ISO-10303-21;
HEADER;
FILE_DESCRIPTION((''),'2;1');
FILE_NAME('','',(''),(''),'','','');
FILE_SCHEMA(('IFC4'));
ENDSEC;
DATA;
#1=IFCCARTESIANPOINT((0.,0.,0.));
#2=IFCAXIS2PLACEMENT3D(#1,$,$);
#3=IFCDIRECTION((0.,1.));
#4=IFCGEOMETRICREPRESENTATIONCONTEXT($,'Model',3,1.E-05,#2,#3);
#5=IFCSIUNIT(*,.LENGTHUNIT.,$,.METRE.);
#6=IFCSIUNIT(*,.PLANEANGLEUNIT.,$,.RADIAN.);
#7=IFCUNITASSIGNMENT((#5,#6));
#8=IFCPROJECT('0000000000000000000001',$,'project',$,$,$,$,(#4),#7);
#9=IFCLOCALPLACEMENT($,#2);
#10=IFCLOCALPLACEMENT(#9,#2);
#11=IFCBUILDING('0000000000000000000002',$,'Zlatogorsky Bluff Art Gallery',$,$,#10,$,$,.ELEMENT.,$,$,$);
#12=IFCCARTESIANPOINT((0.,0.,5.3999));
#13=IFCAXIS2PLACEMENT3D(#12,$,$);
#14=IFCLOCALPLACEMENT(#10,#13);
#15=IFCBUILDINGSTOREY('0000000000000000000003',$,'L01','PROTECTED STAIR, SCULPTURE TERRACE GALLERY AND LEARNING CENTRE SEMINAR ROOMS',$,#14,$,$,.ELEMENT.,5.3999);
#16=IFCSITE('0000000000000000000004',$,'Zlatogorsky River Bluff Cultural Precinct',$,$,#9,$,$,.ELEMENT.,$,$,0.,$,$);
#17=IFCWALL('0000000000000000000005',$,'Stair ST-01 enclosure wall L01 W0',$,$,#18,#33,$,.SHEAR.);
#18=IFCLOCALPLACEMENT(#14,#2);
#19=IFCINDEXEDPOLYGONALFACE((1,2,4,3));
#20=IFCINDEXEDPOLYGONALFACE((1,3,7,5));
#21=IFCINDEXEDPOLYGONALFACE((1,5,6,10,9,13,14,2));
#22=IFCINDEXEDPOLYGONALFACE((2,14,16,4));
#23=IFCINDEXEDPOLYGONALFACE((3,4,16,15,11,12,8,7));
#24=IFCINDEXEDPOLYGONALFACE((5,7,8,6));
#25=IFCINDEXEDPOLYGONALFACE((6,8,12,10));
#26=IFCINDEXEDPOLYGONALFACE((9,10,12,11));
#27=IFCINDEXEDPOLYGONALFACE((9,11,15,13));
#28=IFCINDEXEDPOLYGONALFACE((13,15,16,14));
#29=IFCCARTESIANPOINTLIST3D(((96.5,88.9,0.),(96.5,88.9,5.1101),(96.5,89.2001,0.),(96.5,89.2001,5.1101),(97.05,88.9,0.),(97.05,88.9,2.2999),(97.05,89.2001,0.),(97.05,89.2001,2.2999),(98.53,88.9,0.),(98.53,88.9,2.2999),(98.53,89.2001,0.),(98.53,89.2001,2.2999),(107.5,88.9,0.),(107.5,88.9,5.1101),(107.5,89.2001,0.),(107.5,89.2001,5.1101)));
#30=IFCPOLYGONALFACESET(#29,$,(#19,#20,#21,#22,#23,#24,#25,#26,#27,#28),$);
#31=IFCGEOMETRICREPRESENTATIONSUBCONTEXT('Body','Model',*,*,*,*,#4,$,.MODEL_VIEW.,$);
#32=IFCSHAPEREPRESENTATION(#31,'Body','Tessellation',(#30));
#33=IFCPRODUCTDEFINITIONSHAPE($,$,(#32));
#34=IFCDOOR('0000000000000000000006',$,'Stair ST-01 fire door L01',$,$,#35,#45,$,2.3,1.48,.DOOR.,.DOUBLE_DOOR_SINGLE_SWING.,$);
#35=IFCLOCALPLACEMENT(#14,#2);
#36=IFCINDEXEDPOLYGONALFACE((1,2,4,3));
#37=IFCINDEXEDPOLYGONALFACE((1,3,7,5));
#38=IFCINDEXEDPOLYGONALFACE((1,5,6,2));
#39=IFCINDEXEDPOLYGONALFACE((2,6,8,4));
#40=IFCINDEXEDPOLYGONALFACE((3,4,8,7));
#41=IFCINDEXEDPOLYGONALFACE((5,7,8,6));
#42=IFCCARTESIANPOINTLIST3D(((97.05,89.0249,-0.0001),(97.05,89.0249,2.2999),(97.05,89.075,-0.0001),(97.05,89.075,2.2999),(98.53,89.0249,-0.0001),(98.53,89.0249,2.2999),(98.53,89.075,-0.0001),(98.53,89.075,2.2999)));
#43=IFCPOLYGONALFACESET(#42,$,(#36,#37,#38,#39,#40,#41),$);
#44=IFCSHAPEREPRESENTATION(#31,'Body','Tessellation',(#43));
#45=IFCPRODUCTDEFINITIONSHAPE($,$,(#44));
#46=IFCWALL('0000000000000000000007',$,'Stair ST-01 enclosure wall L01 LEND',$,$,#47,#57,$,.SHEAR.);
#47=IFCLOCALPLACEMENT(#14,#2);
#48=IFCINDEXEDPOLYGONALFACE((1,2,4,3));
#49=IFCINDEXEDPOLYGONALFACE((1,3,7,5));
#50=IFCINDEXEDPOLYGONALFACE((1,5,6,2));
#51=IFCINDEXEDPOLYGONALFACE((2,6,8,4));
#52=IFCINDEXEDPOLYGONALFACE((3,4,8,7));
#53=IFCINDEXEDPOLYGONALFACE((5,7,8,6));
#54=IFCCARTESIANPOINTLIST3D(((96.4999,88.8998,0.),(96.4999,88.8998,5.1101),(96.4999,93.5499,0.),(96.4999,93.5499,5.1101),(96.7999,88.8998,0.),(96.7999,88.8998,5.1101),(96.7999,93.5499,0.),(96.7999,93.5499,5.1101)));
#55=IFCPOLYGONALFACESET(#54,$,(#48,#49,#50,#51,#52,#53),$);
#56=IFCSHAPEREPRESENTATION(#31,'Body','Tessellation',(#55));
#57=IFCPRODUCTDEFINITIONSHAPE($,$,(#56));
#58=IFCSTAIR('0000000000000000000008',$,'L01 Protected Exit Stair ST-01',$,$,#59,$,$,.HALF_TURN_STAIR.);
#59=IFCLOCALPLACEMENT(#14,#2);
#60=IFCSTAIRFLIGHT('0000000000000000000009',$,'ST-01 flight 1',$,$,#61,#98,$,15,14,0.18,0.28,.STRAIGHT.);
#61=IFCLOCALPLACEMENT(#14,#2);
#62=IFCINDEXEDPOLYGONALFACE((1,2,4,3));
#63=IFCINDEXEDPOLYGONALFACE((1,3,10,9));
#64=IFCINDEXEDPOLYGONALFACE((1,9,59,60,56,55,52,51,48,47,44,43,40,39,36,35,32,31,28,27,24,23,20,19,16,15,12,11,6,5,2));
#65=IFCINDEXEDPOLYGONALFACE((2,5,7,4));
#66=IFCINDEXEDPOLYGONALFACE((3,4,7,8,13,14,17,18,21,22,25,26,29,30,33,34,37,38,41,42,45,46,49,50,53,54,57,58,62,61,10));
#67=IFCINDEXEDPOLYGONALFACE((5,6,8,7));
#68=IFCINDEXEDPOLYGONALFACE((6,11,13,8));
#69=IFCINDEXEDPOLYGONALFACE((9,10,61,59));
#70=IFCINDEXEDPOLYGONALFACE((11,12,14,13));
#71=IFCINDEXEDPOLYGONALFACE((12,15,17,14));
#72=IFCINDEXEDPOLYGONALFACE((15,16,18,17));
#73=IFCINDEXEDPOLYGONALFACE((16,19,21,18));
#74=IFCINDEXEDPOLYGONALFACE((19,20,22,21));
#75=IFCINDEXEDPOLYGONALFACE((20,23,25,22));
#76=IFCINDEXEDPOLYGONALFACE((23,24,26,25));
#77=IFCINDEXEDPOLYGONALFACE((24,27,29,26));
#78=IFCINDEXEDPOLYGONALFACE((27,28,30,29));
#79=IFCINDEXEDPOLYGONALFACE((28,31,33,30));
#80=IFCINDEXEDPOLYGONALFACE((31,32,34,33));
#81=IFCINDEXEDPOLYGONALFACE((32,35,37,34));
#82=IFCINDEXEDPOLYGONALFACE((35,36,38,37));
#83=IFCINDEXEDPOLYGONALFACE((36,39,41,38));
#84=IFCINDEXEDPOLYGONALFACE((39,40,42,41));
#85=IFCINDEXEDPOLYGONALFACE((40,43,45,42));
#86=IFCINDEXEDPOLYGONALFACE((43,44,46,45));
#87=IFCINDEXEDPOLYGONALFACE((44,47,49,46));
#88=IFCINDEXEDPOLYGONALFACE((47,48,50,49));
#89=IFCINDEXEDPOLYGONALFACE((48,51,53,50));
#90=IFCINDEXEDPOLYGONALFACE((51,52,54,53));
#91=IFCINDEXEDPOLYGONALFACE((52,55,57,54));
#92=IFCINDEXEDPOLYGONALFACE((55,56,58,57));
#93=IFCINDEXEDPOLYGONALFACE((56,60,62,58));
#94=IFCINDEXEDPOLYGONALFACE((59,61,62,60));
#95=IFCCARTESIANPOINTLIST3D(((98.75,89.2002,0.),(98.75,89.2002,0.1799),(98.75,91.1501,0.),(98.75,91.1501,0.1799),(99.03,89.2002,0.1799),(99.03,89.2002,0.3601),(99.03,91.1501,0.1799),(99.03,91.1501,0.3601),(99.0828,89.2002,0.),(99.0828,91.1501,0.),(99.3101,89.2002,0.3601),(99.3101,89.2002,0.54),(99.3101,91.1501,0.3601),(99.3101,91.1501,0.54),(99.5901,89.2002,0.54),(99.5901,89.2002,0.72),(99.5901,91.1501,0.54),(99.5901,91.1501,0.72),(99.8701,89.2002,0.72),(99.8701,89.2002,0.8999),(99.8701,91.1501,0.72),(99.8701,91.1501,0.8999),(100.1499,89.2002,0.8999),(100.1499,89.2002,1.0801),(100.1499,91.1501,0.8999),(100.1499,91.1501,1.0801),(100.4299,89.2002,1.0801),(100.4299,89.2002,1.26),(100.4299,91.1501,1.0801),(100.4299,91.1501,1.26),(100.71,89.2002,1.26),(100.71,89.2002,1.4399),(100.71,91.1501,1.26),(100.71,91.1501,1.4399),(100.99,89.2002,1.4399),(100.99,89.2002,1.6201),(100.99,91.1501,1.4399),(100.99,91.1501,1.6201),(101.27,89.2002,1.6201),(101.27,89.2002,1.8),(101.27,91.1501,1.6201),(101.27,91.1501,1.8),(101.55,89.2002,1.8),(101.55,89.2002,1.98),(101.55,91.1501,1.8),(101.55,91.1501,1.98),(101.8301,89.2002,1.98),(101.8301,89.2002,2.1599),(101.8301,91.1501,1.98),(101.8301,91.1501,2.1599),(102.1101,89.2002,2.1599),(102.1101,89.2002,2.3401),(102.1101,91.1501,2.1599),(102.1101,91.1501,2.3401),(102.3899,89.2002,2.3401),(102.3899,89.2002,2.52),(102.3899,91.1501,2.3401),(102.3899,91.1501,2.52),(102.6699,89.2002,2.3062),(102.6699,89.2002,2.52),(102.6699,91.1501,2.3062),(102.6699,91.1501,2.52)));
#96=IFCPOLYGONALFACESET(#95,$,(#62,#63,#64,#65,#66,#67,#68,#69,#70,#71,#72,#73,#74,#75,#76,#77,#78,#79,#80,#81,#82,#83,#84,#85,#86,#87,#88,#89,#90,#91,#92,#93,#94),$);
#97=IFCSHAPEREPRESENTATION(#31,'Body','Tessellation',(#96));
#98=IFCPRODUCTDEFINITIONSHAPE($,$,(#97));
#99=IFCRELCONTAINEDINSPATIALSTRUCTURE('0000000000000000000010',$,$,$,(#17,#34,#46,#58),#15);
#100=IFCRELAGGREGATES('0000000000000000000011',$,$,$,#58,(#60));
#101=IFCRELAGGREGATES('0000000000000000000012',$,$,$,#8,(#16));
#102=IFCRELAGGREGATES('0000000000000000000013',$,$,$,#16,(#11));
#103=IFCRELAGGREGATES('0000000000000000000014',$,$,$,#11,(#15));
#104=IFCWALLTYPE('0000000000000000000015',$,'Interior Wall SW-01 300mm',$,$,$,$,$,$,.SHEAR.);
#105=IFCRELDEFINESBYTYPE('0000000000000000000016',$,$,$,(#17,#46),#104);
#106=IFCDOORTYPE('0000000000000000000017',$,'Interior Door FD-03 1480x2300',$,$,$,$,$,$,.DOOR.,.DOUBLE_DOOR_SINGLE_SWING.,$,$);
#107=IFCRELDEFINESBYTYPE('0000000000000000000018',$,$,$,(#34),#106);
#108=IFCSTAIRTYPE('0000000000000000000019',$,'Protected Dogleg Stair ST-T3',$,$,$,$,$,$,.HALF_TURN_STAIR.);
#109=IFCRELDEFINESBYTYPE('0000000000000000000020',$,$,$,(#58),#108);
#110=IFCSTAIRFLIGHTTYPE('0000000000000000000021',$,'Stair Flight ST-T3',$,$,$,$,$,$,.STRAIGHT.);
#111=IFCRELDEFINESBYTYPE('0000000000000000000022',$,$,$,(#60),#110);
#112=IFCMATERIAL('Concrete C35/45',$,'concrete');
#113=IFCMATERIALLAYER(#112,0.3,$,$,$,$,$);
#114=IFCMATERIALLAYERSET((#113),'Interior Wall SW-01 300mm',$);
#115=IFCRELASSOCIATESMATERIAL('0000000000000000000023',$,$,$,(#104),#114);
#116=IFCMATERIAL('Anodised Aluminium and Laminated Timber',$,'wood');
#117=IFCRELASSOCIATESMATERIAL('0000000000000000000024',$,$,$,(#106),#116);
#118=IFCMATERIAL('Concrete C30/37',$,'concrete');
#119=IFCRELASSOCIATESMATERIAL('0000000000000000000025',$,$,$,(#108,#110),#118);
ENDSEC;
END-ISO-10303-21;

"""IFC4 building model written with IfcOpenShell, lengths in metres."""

from ifc_helpers import new_model, si_unit, direction, frame, frame_2d, origin, place, context, subcontext, project, spatial, polyline, rectangle, outline, extrude, material, layer, layer_set, type_object, element, fill, aggregate, save


model = new_model("IFC4")

# Units and contexts
model_context = context("Model", 3, precision=1e-05, world=origin(), true_north=direction((0.0, 1.0)))
body_context = subcontext(model_context, "Body", "Model", "MODEL_VIEW")
ifc_project = project(units=[si_unit("LENGTHUNIT", "METRE"), si_unit("PLANEANGLEUNIT", "RADIAN")], contexts=[model_context])

# Site, building, storey
site_placement = place(None, origin())
site = spatial("IfcSite", under=ifc_project, at=site_placement, Name="Zlatogorsky River Bluff Cultural Precinct", CompositionType="ELEMENT", RefElevation=0.0)
building_placement = place(site_placement, origin())
building = spatial("IfcBuilding", under=site, at=building_placement, Name="Zlatogorsky Bluff Art Gallery", CompositionType="ELEMENT")
storey_placement = place(building_placement, frame((0.0, 0.0, 5.3999)))
storey = spatial("IfcBuildingStorey", under=building, at=storey_placement, Name="L01", Description="PROTECTED STAIR, SCULPTURE TERRACE GALLERY AND LEARNING CENTRE SEMINAR ROOMS", CompositionType="ELEMENT", Elevation=5.3999)

# Wall, opening, door
ifc_material_1 = material(Name="Concrete C35/45", Category="concrete")
ifc_layer_1 = layer(ifc_material_1, 0.3)
ifc_layer_set_1 = layer_set([ifc_layer_1], Name="Interior Wall SW-01 300mm")
wall_type = type_object("IfcWallType", Name="Interior Wall SW-01 300mm", PredefinedType="SHEAR", material=ifc_layer_set_1)
wall_1_placement = place(storey_placement, frame((96.5, 89.05, 0.0), z_axis=(0.0, 0.0, 1.0), x_axis=(1.0, 0.0, 0.0)))
wall_1 = element("IfcWall", 1, at=wall_1_placement, inside=storey, type_object=wall_type, Name="Stair ST-01 enclosure wall L01 W0", PredefinedType="SHEAR", context=body_context, shape_type="SweptSolid", body=[
    extrude(rectangle(XDim=11.0, YDim=0.3, at=frame_2d((5.5, 0.0))), origin(), (0.0, 0.0, 1.0), 5.1101),
])
opening_placement = place(wall_1_placement, frame((0.55, 0.0, 0.0)))
opening = element("IfcOpeningElement", 2, at=opening_placement, cuts=wall_1, PredefinedType="OPENING", context=body_context, shape_type="SweptSolid", body=[
    extrude(rectangle(XDim=1.48, YDim=2.3, at=frame_2d((0.74, 1.1499))), frame((0.0, 0.1599, 0.0), z_axis=(0.0, -1.0, 0.0), x_axis=(1.0, 0.0, 0.0)), (0.0, 0.0, 1.0), 0.3201),
])
ifc_material_2 = material(Name="Anodised Aluminium and Laminated Timber", Category="wood")
door_type = type_object("IfcDoorType", Name="Interior Door FD-03 1480x2300", OperationType="DOUBLE_DOOR_SINGLE_SWING", PredefinedType="DOOR", material=ifc_material_2)
door_placement = place(opening_placement, origin())
door = element("IfcDoor", 3, at=door_placement, inside=storey, type_object=door_type, Name="Stair ST-01 fire door L01", OperationType="DOUBLE_DOOR_SINGLE_SWING", OverallHeight=2.3, OverallWidth=1.48, PredefinedType="DOOR", context=body_context, shape_type="SweptSolid", body=[
    extrude(rectangle(XDim=1.48, YDim=2.3, at=frame_2d((0.74, 1.1499))), frame((0.0, 0.0249, 0.0), z_axis=(0.0, -1.0, 0.0), x_axis=(1.0, 0.0, 0.0)), (0.0, 0.0, 1.0), 0.05),
])
fill(opening, door)

# Wall
wall_2_placement = place(storey_placement, frame((96.6499, 93.55, 0.0), z_axis=(0.0, 0.0, 1.0), x_axis=(0.0, -1.0, 0.0)))
element("IfcWall", 4, at=wall_2_placement, inside=storey, type_object=wall_type, Name="Stair ST-01 enclosure wall L01 LEND", PredefinedType="SHEAR", context=body_context, shape_type="SweptSolid", body=[
    extrude(rectangle(XDim=4.6501, YDim=0.3, at=frame_2d((2.3252, 0.0))), origin(), (0.0, 0.0, 1.0), 5.1101),
])

# Stair, stair flight
ifc_material_3 = material(Name="Concrete C30/37", Category="concrete")
stair_type = type_object("IfcStairType", Name="Protected Dogleg Stair ST-T3", PredefinedType="HALF_TURN_STAIR", material=ifc_material_3)
stair_placement = place(storey_placement, origin())
stair = element("IfcStair", 5, at=stair_placement, inside=storey, type_object=stair_type, Name="L01 Protected Exit Stair ST-01", PredefinedType="HALF_TURN_STAIR")
stair_flight_type = type_object("IfcStairFlightType", Name="Stair Flight ST-T3", PredefinedType="STRAIGHT", material=ifc_material_3)
stair_flight_placement = place(storey_placement, frame((98.75, 90.175, 0.0), z_axis=(0.0, 0.0, 1.0), x_axis=(1.0, 0.0, 0.0)))
stair_flight = element("IfcStairFlight", 6, at=stair_flight_placement, type_object=stair_flight_type, Name="ST-01 flight 1", NumberOfRisers=15, NumberOfTreads=14, PredefinedType="STRAIGHT", RiserHeight=0.18, TreadLength=0.28, context=body_context, shape_type="SweptSolid", body=[
    extrude(outline(polyline([(0.0, 0.0), (0.0, 0.1799), (0.28, 0.1799), (0.28, 0.3601), (0.5601, 0.3601), (0.5601, 0.54), (0.8401, 0.54), (0.8401, 0.72), (1.1201, 0.72), (1.1201, 0.8999), (1.3999, 0.8999), (1.3999, 1.0801), (1.6799, 1.0801), (1.6799, 1.26), (1.96, 1.26), (1.96, 1.4399), (2.24, 1.4399), (2.24, 1.6201), (2.52, 1.6201), (2.52, 1.8), (2.8, 1.8), (2.8, 1.98), (3.0801, 1.98), (3.0801, 2.1599), (3.3601, 2.1599), (3.3601, 2.3401), (3.6399, 2.3401), (3.6399, 2.52), (3.9199, 2.52), (3.9199, 2.7), (3.9199, 2.3062), (0.3328, 0.0), (0.0, 0.0)])), frame((0.0, 0.9751, 0.0), z_axis=(0.0, -1.0, 0.0), x_axis=(1.0, 0.0, 0.0)), (0.0, 0.0, 1.0), 1.95),
])
aggregate(stair, [stair_flight])

save(model, "model.ifc")
